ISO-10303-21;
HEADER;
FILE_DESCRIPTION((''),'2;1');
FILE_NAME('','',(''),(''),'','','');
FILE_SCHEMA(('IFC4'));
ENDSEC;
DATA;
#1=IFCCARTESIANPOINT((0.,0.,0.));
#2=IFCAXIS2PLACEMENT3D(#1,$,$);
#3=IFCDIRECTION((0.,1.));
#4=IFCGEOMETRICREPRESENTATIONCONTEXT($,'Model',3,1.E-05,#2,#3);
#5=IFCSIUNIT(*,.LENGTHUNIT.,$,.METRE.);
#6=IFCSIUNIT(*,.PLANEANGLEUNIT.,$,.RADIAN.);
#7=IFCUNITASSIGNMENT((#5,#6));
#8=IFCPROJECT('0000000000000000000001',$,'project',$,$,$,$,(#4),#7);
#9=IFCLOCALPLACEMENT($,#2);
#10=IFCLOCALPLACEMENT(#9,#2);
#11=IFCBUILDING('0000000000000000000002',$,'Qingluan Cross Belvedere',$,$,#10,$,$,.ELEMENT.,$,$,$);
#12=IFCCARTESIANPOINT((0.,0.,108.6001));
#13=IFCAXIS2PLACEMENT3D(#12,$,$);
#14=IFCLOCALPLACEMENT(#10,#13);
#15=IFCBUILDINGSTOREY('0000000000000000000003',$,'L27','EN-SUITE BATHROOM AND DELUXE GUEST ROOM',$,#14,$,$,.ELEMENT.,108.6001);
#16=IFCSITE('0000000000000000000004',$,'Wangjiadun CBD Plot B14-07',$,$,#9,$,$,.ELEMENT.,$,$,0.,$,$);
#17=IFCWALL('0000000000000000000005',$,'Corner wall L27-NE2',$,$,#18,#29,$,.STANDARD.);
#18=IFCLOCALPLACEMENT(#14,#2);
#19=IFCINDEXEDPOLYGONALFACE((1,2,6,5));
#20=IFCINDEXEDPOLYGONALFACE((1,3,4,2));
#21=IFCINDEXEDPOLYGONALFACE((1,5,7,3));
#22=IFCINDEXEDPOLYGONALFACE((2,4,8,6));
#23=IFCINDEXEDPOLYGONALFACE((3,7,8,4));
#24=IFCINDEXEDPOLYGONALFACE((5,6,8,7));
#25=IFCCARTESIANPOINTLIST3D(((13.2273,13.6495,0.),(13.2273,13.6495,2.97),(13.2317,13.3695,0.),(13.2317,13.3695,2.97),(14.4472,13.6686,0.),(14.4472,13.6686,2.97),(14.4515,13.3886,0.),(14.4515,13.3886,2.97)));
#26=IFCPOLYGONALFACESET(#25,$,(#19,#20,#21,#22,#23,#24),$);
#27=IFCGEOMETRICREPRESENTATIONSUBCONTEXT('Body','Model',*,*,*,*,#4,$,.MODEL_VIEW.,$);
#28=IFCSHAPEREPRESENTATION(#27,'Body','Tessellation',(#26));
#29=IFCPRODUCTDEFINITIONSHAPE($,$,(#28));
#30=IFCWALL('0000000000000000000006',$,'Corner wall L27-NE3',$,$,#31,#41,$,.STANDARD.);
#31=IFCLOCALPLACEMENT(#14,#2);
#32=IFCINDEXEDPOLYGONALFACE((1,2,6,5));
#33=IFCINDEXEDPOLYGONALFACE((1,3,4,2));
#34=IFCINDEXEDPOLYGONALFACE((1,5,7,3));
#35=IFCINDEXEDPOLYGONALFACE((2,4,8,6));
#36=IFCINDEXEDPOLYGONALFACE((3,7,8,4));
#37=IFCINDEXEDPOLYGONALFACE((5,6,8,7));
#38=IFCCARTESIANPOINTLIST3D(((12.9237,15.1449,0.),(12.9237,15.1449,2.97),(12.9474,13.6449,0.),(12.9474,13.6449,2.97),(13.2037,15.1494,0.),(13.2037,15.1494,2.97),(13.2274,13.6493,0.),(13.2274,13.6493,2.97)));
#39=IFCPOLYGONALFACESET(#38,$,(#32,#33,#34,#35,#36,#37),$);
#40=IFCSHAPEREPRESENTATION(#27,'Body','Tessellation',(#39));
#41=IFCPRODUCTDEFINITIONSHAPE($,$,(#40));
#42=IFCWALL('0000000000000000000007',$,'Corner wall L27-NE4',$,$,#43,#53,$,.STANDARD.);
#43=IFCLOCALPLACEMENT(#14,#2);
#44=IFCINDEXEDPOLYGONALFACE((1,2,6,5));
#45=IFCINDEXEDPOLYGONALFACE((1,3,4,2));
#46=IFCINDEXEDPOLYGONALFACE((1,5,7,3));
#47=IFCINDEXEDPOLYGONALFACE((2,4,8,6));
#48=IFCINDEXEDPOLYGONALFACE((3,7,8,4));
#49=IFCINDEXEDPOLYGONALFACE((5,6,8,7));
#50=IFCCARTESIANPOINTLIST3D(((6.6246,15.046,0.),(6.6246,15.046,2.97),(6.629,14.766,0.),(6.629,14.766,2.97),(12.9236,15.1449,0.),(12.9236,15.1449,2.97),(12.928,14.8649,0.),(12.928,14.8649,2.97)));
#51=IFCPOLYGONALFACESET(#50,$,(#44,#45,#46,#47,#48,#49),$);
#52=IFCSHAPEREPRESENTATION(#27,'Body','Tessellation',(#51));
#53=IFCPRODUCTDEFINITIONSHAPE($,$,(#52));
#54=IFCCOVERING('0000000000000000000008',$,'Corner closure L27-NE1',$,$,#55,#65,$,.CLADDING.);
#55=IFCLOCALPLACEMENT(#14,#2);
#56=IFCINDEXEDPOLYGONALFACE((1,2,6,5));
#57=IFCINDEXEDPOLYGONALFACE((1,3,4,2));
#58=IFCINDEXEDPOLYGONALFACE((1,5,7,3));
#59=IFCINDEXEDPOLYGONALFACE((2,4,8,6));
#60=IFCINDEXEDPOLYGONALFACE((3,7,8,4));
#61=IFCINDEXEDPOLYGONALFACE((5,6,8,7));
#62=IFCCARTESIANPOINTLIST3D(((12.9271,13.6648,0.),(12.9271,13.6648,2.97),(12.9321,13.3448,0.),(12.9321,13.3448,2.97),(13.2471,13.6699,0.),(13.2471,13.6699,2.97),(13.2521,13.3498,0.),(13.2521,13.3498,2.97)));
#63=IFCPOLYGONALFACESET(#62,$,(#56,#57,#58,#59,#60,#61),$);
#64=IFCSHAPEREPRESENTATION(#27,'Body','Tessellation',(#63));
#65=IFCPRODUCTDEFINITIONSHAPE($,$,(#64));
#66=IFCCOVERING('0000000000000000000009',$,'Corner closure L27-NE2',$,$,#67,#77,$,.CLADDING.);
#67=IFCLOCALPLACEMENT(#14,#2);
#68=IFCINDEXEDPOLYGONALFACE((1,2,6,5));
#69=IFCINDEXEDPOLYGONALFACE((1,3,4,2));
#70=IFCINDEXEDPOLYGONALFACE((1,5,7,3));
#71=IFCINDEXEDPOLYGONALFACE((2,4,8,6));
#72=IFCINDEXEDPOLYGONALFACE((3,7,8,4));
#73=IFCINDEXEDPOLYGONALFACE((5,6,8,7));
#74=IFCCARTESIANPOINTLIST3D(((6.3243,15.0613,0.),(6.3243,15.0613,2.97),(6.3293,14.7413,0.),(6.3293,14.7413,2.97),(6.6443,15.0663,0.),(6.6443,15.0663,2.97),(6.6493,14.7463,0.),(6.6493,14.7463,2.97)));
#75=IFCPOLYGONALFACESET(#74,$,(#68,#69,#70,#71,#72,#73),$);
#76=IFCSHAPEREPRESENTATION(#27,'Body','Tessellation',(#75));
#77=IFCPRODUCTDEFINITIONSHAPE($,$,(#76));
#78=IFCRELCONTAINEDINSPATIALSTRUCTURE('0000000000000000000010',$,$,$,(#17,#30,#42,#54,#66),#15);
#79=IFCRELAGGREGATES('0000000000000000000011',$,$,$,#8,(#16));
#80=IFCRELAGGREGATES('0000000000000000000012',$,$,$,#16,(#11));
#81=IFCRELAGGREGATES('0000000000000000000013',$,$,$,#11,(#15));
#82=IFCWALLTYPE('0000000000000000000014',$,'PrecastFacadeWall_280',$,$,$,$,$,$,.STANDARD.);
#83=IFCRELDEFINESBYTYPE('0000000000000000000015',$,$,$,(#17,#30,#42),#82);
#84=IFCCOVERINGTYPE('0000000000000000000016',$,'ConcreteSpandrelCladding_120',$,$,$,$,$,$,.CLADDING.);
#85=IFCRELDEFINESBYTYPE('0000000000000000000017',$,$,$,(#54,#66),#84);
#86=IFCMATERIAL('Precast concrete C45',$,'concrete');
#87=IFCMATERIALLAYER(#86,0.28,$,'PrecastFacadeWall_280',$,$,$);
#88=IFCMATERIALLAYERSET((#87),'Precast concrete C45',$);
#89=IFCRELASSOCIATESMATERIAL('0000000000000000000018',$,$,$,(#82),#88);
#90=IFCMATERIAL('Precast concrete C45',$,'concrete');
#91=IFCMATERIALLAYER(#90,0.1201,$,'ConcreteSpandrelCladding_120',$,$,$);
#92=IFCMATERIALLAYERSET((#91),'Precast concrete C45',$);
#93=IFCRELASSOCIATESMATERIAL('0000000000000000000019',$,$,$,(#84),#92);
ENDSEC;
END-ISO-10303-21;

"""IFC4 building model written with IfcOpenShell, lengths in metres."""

from ifc_helpers import new_model, si_unit, direction, frame, frame_2d, origin, origin_2d, place, context, subcontext, project, spatial, rectangle, extrude, material, layer, layer_set, type_object, element, save


model = new_model("IFC4")

# Units and contexts
model_context = context("Model", 3, precision=1e-05, world=origin(), true_north=direction((0.0, 1.0)))
body_context = subcontext(model_context, "Body", "Model", "MODEL_VIEW")
ifc_project = project(units=[si_unit("LENGTHUNIT", "METRE"), si_unit("PLANEANGLEUNIT", "RADIAN")], contexts=[model_context])

# Site, building, storey
site_placement = place(None, origin())
site = spatial("IfcSite", under=ifc_project, at=site_placement, Name="Wangjiadun CBD Plot B14-07", CompositionType="ELEMENT", RefElevation=0.0)
building_placement = place(site_placement, origin())
building = spatial("IfcBuilding", under=site, at=building_placement, Name="Qingluan Cross Belvedere", CompositionType="ELEMENT")
storey_placement = place(building_placement, frame((0.0, 0.0, 108.6001)))
storey = spatial("IfcBuildingStorey", under=building, at=storey_placement, Name="L27", Description="EN-SUITE BATHROOM AND DELUXE GUEST ROOM", CompositionType="ELEMENT", Elevation=108.6001)

# Shared definitions
ifc_material_1 = material(Name="Precast concrete C45", Category="concrete")
ifc_layer_1 = layer(ifc_material_1, 0.28, Name="PrecastFacadeWall_280")
ifc_layer_set_1 = layer_set([ifc_layer_1], Name="Precast concrete C45")
wall_type_1 = type_object("IfcWallType", Name="PrecastFacadeWall_280", PredefinedType="STANDARD", material=ifc_layer_set_1)

# Walls
wall_1_placement = place(storey_placement, frame((14.4492, 13.5286, 0.0), z_axis=(0.0, 0.0, 1.0), x_axis=(-0.999878, -0.015611, 0.0)))
element("IfcWall", 1, at=wall_1_placement, inside=storey, type_object=wall_type_1, Name="Corner wall L27-NE2", PredefinedType="STANDARD", context=body_context, shape_type="SweptSolid", body=[
    extrude(rectangle(XDim=1.22, YDim=0.28, at=frame_2d((0.6099, 0.0))), origin(), (0.0, 0.0, 1.0), 2.97),
])
wall_2_placement = place(storey_placement, frame((13.0874, 13.6472, 0.0), z_axis=(0.0, 0.0, 1.0), x_axis=(-0.015786, 0.999875, 0.0)))
element("IfcWall", 2, at=wall_2_placement, inside=storey, type_object=wall_type_1, Name="Corner wall L27-NE3", PredefinedType="STANDARD", context=body_context, shape_type="SweptSolid", body=[
    extrude(rectangle(XDim=1.5002, YDim=0.28, at=frame_2d((0.75, 0.0))), origin(), (0.0, 0.0, 1.0), 2.97),
])
wall_3_placement = place(storey_placement, frame((12.9258, 15.0049, 0.0), z_axis=(0.0, 0.0, 1.0), x_axis=(-0.999877, -0.015695, 0.0)))
element("IfcWall", 3, at=wall_3_placement, inside=storey, type_object=wall_type_1, Name="Corner wall L27-NE4", PredefinedType="STANDARD", context=body_context, shape_type="SweptSolid", body=[
    extrude(rectangle(XDim=6.2998, YDim=0.28, at=frame_2d((3.1499, 0.0))), origin(), (0.0, 0.0, 1.0), 2.97),
])

# Coverings
ifc_material_2 = material(Name="Precast concrete C45", Category="concrete")
ifc_layer_2 = layer(ifc_material_2, 0.1201, Name="ConcreteSpandrelCladding_120")
ifc_layer_set_2 = layer_set([ifc_layer_2], Name="Precast concrete C45")
covering_type = type_object("IfcCoveringType", Name="ConcreteSpandrelCladding_120", PredefinedType="CLADDING", material=ifc_layer_set_2)
for number, where, z_axis, x_axis, name in (
    (4, (13.0896, 13.5073, 0.0), (0.0, 0.0, 1.0), (0.999877, 0.015707, 0.0), "Corner closure L27-NE1"),
    (5, (6.4868, 14.9038, 0.0), (0.0, 0.0, 1.0), (0.999877, 0.015707, 0.0), "Corner closure L27-NE2"),
):
    element("IfcCovering", number, at=place(storey_placement, frame(where, z_axis=z_axis, x_axis=x_axis)), inside=storey, type_object=covering_type, Name=name, PredefinedType="CLADDING", context=body_context, shape_type="SweptSolid", body=[
        extrude(rectangle(XDim=0.3201, YDim=0.3201, at=origin_2d()), origin(), (0.0, 0.0, 1.0), 2.97),
    ])

save(model, "model.ifc")
